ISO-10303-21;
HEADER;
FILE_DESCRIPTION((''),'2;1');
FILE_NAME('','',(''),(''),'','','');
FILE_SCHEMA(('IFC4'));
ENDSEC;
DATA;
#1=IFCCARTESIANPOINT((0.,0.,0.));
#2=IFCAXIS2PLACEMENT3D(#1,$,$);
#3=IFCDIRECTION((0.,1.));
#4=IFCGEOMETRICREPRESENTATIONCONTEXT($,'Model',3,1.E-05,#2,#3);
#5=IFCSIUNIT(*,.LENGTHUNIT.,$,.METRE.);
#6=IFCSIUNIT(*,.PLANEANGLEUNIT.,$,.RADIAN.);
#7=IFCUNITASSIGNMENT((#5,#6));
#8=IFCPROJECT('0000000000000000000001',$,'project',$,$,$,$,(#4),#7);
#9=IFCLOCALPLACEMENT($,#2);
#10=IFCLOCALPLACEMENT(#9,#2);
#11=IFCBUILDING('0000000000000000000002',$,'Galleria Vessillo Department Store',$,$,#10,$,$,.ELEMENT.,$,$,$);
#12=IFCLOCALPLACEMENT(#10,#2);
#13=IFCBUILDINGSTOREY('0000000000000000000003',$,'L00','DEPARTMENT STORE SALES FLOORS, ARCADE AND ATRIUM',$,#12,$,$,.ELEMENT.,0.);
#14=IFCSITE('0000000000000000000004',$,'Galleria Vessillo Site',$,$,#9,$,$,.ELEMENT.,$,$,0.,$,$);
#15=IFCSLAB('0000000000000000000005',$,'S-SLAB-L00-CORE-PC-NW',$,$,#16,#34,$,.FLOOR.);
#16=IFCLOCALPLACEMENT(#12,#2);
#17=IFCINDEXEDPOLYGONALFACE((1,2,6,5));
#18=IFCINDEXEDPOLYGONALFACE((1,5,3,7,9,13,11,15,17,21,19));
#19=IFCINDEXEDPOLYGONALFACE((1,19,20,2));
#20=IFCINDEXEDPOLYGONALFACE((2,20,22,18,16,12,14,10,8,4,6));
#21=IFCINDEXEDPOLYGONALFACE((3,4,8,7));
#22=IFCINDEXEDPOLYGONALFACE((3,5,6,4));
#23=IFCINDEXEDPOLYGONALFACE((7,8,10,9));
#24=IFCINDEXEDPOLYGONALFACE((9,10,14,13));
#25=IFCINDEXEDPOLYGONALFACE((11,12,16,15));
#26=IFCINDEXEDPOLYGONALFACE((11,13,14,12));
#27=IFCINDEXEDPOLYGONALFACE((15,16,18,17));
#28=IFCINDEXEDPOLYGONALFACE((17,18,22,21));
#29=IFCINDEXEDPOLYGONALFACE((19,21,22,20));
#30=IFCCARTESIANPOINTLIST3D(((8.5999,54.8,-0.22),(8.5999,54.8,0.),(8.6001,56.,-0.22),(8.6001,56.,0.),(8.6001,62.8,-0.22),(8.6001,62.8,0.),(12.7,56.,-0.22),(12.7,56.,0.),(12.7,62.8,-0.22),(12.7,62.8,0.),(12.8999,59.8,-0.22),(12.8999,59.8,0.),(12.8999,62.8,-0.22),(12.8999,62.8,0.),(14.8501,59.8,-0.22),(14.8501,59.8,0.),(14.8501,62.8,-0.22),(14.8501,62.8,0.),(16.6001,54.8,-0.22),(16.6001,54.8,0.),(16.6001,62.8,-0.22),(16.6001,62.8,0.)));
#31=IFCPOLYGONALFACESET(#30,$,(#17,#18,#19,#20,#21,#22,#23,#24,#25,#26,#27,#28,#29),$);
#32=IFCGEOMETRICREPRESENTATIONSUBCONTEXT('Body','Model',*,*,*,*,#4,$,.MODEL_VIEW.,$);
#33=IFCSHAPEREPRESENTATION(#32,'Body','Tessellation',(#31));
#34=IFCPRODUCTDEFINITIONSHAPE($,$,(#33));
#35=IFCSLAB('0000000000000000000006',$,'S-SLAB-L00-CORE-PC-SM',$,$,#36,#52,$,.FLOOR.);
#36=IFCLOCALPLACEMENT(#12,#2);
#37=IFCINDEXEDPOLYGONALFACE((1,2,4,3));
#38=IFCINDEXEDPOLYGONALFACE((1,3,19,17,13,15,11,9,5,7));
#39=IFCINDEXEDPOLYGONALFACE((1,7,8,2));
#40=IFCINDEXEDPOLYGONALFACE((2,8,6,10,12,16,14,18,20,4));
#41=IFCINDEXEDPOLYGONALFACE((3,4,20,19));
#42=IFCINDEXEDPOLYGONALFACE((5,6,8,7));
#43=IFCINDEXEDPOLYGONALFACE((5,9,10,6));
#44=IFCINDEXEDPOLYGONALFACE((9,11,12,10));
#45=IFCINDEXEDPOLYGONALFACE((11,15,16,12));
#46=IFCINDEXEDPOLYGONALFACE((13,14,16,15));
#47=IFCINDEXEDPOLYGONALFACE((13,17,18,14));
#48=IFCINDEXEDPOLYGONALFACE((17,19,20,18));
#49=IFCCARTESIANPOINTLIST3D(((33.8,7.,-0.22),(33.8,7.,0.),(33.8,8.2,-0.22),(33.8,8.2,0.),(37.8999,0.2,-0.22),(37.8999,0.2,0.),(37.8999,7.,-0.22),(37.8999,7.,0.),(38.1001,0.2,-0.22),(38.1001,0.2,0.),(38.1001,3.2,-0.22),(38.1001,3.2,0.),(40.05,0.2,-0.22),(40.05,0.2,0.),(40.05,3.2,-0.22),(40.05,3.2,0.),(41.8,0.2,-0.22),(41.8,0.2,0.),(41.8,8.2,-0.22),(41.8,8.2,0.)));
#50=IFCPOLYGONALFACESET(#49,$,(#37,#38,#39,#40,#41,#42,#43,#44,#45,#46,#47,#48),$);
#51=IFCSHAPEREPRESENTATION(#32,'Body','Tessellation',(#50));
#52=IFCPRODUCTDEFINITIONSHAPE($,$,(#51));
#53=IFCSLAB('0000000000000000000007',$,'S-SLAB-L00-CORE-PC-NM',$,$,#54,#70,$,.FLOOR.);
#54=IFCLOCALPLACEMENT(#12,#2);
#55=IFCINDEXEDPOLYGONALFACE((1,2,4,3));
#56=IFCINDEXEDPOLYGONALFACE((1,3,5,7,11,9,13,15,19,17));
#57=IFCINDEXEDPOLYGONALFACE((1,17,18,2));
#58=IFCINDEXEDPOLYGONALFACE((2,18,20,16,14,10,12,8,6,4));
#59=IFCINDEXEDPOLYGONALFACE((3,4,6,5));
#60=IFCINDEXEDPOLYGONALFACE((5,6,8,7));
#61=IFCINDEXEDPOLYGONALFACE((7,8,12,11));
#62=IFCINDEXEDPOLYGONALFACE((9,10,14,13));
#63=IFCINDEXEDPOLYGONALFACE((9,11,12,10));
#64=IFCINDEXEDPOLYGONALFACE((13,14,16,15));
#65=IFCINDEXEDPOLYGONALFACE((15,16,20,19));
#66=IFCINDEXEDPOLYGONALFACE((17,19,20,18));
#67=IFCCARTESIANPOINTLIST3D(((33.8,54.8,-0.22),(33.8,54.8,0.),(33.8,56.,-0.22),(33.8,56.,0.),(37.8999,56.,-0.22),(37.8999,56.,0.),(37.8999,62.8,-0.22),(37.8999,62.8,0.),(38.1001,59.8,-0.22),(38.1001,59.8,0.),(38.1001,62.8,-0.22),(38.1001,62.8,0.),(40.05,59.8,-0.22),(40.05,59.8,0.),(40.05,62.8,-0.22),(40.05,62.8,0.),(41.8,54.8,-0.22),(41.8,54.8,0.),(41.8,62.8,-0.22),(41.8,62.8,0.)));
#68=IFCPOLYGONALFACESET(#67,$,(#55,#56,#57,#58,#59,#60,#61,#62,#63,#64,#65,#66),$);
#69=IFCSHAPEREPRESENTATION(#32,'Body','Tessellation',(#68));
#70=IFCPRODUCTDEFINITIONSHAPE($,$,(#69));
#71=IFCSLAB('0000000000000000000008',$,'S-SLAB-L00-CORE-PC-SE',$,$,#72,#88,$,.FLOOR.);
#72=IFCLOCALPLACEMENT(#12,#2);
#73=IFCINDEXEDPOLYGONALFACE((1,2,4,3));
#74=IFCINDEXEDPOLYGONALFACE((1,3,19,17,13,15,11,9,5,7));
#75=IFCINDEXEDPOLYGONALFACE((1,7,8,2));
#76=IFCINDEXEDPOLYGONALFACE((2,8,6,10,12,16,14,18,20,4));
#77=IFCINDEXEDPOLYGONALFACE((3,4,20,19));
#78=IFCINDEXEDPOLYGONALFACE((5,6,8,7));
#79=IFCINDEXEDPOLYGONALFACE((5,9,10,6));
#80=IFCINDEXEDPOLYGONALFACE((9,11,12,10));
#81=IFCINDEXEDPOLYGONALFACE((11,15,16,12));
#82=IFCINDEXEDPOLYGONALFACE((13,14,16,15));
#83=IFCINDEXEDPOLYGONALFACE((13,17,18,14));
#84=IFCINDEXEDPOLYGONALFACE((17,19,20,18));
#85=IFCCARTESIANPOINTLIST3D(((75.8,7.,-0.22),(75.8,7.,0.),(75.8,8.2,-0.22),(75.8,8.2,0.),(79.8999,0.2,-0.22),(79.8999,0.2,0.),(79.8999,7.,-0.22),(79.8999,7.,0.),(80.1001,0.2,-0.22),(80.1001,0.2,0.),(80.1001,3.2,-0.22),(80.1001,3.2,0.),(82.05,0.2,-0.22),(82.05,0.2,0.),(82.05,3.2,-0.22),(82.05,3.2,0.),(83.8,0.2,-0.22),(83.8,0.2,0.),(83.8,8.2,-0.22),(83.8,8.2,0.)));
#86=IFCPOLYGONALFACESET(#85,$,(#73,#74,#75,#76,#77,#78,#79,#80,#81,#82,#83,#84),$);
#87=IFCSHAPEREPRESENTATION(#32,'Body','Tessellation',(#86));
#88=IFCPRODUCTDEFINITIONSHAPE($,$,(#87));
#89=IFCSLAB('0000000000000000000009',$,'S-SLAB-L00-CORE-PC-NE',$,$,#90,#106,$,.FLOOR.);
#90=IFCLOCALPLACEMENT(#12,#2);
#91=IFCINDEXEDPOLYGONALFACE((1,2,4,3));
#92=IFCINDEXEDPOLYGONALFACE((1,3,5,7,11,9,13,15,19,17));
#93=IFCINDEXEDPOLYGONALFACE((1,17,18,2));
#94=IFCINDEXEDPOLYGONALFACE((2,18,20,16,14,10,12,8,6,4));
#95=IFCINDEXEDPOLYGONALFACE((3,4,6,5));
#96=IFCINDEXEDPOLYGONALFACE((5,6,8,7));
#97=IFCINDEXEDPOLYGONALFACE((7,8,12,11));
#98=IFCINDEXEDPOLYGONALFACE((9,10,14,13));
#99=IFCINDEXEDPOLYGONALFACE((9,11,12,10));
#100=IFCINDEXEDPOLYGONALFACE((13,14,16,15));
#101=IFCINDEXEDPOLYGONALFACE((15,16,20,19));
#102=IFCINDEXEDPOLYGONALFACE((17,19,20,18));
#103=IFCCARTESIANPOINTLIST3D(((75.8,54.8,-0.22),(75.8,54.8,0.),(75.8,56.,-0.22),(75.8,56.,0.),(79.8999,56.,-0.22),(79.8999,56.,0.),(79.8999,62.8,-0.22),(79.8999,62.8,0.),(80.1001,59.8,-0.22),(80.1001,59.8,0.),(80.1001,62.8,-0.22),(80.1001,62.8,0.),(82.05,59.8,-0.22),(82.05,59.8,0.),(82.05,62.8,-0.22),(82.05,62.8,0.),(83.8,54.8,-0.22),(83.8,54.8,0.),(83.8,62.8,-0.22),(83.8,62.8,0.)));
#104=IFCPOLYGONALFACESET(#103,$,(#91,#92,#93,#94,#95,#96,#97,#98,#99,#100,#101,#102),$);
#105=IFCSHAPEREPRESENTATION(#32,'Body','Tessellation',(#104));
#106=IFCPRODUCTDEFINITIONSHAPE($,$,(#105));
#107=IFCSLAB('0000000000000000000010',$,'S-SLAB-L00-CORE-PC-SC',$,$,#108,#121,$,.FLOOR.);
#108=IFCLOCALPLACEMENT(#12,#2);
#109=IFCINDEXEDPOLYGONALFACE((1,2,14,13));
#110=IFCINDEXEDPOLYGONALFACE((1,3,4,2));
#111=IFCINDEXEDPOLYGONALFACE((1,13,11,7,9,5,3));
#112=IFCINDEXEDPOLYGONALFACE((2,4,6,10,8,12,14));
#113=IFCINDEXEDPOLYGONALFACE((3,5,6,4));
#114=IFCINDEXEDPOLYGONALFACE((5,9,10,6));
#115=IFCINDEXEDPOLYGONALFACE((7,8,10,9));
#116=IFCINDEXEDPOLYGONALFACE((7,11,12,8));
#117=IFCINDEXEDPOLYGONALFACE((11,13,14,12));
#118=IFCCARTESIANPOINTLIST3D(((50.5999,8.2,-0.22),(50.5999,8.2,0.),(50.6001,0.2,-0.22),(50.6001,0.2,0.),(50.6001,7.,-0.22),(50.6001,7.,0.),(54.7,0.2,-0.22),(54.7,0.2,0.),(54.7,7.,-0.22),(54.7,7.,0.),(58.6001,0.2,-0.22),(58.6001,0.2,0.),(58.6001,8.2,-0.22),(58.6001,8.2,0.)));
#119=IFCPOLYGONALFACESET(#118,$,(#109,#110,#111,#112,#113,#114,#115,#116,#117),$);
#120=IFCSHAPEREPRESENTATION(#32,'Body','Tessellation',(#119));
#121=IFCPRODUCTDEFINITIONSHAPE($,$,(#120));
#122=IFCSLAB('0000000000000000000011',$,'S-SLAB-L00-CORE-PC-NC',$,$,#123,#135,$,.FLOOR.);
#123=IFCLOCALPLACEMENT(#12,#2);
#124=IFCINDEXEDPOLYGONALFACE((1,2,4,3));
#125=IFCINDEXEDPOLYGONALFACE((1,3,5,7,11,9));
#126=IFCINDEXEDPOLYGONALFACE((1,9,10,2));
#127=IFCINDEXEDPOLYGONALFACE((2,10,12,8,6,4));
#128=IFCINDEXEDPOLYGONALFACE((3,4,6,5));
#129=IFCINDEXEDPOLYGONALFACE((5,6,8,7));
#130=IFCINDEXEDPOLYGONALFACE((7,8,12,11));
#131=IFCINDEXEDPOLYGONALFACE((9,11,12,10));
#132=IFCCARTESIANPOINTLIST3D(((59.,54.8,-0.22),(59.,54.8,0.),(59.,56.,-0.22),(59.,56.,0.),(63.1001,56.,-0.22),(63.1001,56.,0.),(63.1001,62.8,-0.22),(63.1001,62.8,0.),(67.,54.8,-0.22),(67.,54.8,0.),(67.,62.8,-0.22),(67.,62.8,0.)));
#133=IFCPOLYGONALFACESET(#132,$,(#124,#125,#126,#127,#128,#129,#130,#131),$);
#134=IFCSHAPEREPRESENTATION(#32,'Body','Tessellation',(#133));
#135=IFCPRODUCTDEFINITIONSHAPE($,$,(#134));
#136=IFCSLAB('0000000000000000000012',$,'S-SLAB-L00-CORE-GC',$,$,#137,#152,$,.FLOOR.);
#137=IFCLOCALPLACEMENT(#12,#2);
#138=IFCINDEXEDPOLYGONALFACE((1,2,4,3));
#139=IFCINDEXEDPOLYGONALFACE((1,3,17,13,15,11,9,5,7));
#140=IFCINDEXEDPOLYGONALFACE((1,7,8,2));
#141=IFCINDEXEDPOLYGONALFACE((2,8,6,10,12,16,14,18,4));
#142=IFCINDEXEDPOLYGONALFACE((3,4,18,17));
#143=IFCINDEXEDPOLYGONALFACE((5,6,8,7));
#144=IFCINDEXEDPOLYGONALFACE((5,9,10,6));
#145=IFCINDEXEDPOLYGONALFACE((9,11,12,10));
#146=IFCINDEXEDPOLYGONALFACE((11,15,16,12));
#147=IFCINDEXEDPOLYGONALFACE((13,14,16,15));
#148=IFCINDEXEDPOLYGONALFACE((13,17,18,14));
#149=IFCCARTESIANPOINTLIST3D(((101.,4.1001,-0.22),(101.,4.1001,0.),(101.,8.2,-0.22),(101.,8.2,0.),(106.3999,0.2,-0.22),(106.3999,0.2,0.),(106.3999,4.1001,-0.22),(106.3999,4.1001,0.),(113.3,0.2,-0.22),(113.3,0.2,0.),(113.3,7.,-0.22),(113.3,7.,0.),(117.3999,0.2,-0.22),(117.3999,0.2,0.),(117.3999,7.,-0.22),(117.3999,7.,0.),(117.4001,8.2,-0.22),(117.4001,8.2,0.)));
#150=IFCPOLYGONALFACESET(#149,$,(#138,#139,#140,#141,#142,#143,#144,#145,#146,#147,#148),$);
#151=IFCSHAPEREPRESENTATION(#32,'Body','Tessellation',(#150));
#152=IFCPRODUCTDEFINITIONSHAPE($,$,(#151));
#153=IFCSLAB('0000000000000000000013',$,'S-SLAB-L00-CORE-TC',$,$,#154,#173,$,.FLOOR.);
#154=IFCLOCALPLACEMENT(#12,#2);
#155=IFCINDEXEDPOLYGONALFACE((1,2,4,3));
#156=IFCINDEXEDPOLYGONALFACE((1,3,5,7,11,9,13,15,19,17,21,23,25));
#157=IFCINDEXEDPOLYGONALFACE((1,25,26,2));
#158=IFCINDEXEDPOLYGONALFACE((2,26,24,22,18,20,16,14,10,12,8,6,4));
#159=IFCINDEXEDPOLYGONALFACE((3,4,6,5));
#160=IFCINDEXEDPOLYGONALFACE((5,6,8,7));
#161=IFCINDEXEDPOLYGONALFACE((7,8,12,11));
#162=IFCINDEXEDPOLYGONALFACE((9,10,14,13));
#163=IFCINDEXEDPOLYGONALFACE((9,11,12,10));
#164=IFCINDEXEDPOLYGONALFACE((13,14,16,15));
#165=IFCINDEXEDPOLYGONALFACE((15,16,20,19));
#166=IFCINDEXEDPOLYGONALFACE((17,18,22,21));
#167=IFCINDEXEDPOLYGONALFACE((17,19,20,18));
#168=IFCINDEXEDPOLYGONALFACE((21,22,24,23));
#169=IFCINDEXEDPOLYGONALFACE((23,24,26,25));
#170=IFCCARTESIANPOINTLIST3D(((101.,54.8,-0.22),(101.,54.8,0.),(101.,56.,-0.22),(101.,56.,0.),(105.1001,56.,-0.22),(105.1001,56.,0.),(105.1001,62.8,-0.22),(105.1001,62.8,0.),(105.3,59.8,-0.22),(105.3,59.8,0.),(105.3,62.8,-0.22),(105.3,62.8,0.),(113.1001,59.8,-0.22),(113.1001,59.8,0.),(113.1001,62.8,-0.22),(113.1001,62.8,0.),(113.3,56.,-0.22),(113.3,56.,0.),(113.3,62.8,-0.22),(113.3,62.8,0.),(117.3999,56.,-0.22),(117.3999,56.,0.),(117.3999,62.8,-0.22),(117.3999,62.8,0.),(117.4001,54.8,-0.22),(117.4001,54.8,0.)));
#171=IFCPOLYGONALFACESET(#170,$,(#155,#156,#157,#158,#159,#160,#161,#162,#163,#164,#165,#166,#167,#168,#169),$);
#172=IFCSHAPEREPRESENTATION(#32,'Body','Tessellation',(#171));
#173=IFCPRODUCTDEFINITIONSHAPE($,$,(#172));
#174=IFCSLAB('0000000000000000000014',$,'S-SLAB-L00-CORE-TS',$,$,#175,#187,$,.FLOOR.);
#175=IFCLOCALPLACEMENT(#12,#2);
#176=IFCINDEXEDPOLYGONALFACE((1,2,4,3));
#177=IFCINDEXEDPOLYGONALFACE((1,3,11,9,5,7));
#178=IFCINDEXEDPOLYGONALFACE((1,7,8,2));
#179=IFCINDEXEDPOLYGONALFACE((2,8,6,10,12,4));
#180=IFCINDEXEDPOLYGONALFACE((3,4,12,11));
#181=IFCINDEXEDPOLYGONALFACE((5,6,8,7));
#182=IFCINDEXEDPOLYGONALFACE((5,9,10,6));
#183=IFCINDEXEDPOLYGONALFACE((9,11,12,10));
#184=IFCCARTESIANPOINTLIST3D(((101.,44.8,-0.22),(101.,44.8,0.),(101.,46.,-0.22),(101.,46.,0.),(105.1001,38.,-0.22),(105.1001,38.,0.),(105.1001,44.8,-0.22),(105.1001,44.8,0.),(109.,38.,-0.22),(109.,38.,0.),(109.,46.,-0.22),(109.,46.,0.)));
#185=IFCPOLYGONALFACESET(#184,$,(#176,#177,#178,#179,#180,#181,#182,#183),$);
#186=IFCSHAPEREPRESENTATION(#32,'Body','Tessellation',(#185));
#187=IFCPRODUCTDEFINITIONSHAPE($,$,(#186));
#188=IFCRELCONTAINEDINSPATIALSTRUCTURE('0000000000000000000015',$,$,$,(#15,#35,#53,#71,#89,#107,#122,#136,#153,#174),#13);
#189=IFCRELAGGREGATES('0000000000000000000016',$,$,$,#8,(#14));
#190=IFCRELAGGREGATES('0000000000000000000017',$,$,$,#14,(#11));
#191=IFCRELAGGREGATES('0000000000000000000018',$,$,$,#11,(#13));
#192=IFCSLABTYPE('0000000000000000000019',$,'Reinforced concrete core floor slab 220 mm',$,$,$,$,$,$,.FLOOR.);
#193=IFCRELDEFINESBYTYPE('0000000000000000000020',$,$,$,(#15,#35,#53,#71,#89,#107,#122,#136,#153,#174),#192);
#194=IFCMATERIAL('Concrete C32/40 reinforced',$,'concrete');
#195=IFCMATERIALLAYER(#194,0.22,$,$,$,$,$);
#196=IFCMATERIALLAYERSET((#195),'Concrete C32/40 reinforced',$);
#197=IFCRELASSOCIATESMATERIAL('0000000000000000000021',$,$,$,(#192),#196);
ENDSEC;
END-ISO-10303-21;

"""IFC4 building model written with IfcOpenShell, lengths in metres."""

from ifc_helpers import new_model, si_unit, direction, frame, origin, place, context, subcontext, project, spatial, polyline, outline, extrude, material, layer, layer_set, type_object, element, save


model = new_model("IFC4")

# Units and contexts
model_context = context("Model", 3, precision=1e-05, world=origin(), true_north=direction((0.0, 1.0)))
body_context = subcontext(model_context, "Body", "Model", "MODEL_VIEW")
ifc_project = project(units=[si_unit("LENGTHUNIT", "METRE"), si_unit("PLANEANGLEUNIT", "RADIAN")], contexts=[model_context])

# Site, building, storey
site_placement = place(None, origin())
site = spatial("IfcSite", under=ifc_project, at=site_placement, Name="Galleria Vessillo Site", CompositionType="ELEMENT", RefElevation=0.0)
building_placement = place(site_placement, origin())
building = spatial("IfcBuilding", under=site, at=building_placement, Name="Galleria Vessillo Department Store", CompositionType="ELEMENT")
storey_placement = place(building_placement, origin())
storey = spatial("IfcBuildingStorey", under=building, at=storey_placement, Name="L00", Description="DEPARTMENT STORE SALES FLOORS, ARCADE AND ATRIUM", CompositionType="ELEMENT", Elevation=0.0)

# Slabs
ifc_material_1 = material(Name="Concrete C32/40 reinforced", Category="concrete")
ifc_layer_1 = layer(ifc_material_1, 0.22)
ifc_layer_set_1 = layer_set([ifc_layer_1], Name="Concrete C32/40 reinforced")
slab_type_1 = type_object("IfcSlabType", Name="Reinforced concrete core floor slab 220 mm", PredefinedType="FLOOR", material=ifc_layer_set_1)
slab_1_placement = place(storey_placement, frame((0.0, 0.0, -0.22)))
element("IfcSlab", 1, at=slab_1_placement, inside=storey, type_object=slab_type_1, Name="S-SLAB-L00-CORE-PC-NW", PredefinedType="FLOOR", context=body_context, shape_type="SweptSolid", body=[
    extrude(outline(polyline([(16.6001, 62.8), (16.6001, 54.8), (8.5999, 54.8), (8.6001, 62.8), (8.6001, 56.0), (12.7, 56.0), (12.7, 62.8), (12.8999, 62.8), (12.8999, 59.8), (14.8501, 59.8), (14.8501, 62.8), (16.6001, 62.8)])), origin(), (0.0, 0.0, 1.0), 0.22),
])
slab_2_placement = place(storey_placement, frame((0.0, 0.0, -0.22)))
element("IfcSlab", 2, at=slab_2_placement, inside=storey, type_object=slab_type_1, Name="S-SLAB-L00-CORE-PC-SM", PredefinedType="FLOOR", context=body_context, shape_type="SweptSolid", body=[
    extrude(outline(polyline([(33.8, 8.2), (41.8, 8.2), (41.8, 0.2), (40.05, 0.2), (40.05, 3.2), (38.1001, 3.2), (38.1001, 0.2), (37.8999, 0.2), (37.8999, 7.0), (33.8, 7.0), (33.8, 8.2)])), origin(), (0.0, 0.0, 1.0), 0.22),
])
slab_3_placement = place(storey_placement, frame((0.0, 0.0, -0.22)))
element("IfcSlab", 3, at=slab_3_placement, inside=storey, type_object=slab_type_1, Name="S-SLAB-L00-CORE-PC-NM", PredefinedType="FLOOR", context=body_context, shape_type="SweptSolid", body=[
    extrude(outline(polyline([(41.8, 62.8), (41.8, 54.8), (33.8, 54.8), (33.8, 56.0), (37.8999, 56.0), (37.8999, 62.8), (38.1001, 62.8), (38.1001, 59.8), (40.05, 59.8), (40.05, 62.8), (41.8, 62.8)])), origin(), (0.0, 0.0, 1.0), 0.22),
])
slab_4_placement = place(storey_placement, frame((0.0, 0.0, -0.22)))
element("IfcSlab", 4, at=slab_4_placement, inside=storey, type_object=slab_type_1, Name="S-SLAB-L00-CORE-PC-SE", PredefinedType="FLOOR", context=body_context, shape_type="SweptSolid", body=[
    extrude(outline(polyline([(75.8, 8.2), (83.8, 8.2), (83.8, 0.2), (82.05, 0.2), (82.05, 3.2), (80.1001, 3.2), (80.1001, 0.2), (79.8999, 0.2), (79.8999, 7.0), (75.8, 7.0), (75.8, 8.2)])), origin(), (0.0, 0.0, 1.0), 0.22),
])
slab_5_placement = place(storey_placement, frame((0.0, 0.0, -0.22)))
element("IfcSlab", 5, at=slab_5_placement, inside=storey, type_object=slab_type_1, Name="S-SLAB-L00-CORE-PC-NE", PredefinedType="FLOOR", context=body_context, shape_type="SweptSolid", body=[
    extrude(outline(polyline([(83.8, 62.8), (83.8, 54.8), (75.8, 54.8), (75.8, 56.0), (79.8999, 56.0), (79.8999, 62.8), (80.1001, 62.8), (80.1001, 59.8), (82.05, 59.8), (82.05, 62.8), (83.8, 62.8)])), origin(), (0.0, 0.0, 1.0), 0.22),
])
slab_6_placement = place(storey_placement, frame((0.0, 0.0, -0.22)))
element("IfcSlab", 6, at=slab_6_placement, inside=storey, type_object=slab_type_1, Name="S-SLAB-L00-CORE-PC-SC", PredefinedType="FLOOR", context=body_context, shape_type="SweptSolid", body=[
    extrude(outline(polyline([(50.5999, 8.2), (58.6001, 8.2), (58.6001, 0.2), (54.7, 0.2), (54.7, 7.0), (50.6001, 7.0), (50.6001, 0.2), (50.5999, 8.2)])), origin(), (0.0, 0.0, 1.0), 0.22),
])
slab_7_placement = place(storey_placement, frame((0.0, 0.0, -0.22)))
element("IfcSlab", 7, at=slab_7_placement, inside=storey, type_object=slab_type_1, Name="S-SLAB-L00-CORE-PC-NC", PredefinedType="FLOOR", context=body_context, shape_type="SweptSolid", body=[
    extrude(outline(polyline([(67.0, 62.8), (67.0, 54.8), (59.0, 54.8), (59.0, 56.0), (63.1001, 56.0), (63.1001, 62.8), (67.0, 62.8)])), origin(), (0.0, 0.0, 1.0), 0.22),
])
slab_8_placement = place(storey_placement, frame((0.0, 0.0, -0.22)))
element("IfcSlab", 8, at=slab_8_placement, inside=storey, type_object=slab_type_1, Name="S-SLAB-L00-CORE-GC", PredefinedType="FLOOR", context=body_context, shape_type="SweptSolid", body=[
    extrude(outline(polyline([(101.0, 8.2), (117.4001, 8.2), (117.3999, 0.2), (117.3999, 7.0), (113.3, 7.0), (113.3, 0.2), (106.3999, 0.2), (106.3999, 4.1001), (101.0, 4.1001), (101.0, 8.2)])), origin(), (0.0, 0.0, 1.0), 0.22),
])
slab_9_placement = place(storey_placement, frame((0.0, 0.0, -0.22)))
element("IfcSlab", 9, at=slab_9_placement, inside=storey, type_object=slab_type_1, Name="S-SLAB-L00-CORE-TC", PredefinedType="FLOOR", context=body_context, shape_type="SweptSolid", body=[
    extrude(outline(polyline([(117.4001, 54.8), (101.0, 54.8), (101.0, 56.0), (105.1001, 56.0), (105.1001, 62.8), (105.3, 62.8), (105.3, 59.8), (113.1001, 59.8), (113.1001, 62.8), (113.3, 62.8), (113.3, 56.0), (117.3999, 56.0), (117.3999, 62.8), (117.4001, 54.8)])), origin(), (0.0, 0.0, 1.0), 0.22),
])
slab_10_placement = place(storey_placement, frame((0.0, 0.0, -0.22)))
element("IfcSlab", 10, at=slab_10_placement, inside=storey, type_object=slab_type_1, Name="S-SLAB-L00-CORE-TS", PredefinedType="FLOOR", context=body_context, shape_type="SweptSolid", body=[
    extrude(outline(polyline([(101.0, 46.0), (109.0, 46.0), (109.0, 38.0), (105.1001, 38.0), (105.1001, 44.8), (101.0, 44.8), (101.0, 46.0)])), origin(), (0.0, 0.0, 1.0), 0.22),
])

save(model, "model.ifc")
